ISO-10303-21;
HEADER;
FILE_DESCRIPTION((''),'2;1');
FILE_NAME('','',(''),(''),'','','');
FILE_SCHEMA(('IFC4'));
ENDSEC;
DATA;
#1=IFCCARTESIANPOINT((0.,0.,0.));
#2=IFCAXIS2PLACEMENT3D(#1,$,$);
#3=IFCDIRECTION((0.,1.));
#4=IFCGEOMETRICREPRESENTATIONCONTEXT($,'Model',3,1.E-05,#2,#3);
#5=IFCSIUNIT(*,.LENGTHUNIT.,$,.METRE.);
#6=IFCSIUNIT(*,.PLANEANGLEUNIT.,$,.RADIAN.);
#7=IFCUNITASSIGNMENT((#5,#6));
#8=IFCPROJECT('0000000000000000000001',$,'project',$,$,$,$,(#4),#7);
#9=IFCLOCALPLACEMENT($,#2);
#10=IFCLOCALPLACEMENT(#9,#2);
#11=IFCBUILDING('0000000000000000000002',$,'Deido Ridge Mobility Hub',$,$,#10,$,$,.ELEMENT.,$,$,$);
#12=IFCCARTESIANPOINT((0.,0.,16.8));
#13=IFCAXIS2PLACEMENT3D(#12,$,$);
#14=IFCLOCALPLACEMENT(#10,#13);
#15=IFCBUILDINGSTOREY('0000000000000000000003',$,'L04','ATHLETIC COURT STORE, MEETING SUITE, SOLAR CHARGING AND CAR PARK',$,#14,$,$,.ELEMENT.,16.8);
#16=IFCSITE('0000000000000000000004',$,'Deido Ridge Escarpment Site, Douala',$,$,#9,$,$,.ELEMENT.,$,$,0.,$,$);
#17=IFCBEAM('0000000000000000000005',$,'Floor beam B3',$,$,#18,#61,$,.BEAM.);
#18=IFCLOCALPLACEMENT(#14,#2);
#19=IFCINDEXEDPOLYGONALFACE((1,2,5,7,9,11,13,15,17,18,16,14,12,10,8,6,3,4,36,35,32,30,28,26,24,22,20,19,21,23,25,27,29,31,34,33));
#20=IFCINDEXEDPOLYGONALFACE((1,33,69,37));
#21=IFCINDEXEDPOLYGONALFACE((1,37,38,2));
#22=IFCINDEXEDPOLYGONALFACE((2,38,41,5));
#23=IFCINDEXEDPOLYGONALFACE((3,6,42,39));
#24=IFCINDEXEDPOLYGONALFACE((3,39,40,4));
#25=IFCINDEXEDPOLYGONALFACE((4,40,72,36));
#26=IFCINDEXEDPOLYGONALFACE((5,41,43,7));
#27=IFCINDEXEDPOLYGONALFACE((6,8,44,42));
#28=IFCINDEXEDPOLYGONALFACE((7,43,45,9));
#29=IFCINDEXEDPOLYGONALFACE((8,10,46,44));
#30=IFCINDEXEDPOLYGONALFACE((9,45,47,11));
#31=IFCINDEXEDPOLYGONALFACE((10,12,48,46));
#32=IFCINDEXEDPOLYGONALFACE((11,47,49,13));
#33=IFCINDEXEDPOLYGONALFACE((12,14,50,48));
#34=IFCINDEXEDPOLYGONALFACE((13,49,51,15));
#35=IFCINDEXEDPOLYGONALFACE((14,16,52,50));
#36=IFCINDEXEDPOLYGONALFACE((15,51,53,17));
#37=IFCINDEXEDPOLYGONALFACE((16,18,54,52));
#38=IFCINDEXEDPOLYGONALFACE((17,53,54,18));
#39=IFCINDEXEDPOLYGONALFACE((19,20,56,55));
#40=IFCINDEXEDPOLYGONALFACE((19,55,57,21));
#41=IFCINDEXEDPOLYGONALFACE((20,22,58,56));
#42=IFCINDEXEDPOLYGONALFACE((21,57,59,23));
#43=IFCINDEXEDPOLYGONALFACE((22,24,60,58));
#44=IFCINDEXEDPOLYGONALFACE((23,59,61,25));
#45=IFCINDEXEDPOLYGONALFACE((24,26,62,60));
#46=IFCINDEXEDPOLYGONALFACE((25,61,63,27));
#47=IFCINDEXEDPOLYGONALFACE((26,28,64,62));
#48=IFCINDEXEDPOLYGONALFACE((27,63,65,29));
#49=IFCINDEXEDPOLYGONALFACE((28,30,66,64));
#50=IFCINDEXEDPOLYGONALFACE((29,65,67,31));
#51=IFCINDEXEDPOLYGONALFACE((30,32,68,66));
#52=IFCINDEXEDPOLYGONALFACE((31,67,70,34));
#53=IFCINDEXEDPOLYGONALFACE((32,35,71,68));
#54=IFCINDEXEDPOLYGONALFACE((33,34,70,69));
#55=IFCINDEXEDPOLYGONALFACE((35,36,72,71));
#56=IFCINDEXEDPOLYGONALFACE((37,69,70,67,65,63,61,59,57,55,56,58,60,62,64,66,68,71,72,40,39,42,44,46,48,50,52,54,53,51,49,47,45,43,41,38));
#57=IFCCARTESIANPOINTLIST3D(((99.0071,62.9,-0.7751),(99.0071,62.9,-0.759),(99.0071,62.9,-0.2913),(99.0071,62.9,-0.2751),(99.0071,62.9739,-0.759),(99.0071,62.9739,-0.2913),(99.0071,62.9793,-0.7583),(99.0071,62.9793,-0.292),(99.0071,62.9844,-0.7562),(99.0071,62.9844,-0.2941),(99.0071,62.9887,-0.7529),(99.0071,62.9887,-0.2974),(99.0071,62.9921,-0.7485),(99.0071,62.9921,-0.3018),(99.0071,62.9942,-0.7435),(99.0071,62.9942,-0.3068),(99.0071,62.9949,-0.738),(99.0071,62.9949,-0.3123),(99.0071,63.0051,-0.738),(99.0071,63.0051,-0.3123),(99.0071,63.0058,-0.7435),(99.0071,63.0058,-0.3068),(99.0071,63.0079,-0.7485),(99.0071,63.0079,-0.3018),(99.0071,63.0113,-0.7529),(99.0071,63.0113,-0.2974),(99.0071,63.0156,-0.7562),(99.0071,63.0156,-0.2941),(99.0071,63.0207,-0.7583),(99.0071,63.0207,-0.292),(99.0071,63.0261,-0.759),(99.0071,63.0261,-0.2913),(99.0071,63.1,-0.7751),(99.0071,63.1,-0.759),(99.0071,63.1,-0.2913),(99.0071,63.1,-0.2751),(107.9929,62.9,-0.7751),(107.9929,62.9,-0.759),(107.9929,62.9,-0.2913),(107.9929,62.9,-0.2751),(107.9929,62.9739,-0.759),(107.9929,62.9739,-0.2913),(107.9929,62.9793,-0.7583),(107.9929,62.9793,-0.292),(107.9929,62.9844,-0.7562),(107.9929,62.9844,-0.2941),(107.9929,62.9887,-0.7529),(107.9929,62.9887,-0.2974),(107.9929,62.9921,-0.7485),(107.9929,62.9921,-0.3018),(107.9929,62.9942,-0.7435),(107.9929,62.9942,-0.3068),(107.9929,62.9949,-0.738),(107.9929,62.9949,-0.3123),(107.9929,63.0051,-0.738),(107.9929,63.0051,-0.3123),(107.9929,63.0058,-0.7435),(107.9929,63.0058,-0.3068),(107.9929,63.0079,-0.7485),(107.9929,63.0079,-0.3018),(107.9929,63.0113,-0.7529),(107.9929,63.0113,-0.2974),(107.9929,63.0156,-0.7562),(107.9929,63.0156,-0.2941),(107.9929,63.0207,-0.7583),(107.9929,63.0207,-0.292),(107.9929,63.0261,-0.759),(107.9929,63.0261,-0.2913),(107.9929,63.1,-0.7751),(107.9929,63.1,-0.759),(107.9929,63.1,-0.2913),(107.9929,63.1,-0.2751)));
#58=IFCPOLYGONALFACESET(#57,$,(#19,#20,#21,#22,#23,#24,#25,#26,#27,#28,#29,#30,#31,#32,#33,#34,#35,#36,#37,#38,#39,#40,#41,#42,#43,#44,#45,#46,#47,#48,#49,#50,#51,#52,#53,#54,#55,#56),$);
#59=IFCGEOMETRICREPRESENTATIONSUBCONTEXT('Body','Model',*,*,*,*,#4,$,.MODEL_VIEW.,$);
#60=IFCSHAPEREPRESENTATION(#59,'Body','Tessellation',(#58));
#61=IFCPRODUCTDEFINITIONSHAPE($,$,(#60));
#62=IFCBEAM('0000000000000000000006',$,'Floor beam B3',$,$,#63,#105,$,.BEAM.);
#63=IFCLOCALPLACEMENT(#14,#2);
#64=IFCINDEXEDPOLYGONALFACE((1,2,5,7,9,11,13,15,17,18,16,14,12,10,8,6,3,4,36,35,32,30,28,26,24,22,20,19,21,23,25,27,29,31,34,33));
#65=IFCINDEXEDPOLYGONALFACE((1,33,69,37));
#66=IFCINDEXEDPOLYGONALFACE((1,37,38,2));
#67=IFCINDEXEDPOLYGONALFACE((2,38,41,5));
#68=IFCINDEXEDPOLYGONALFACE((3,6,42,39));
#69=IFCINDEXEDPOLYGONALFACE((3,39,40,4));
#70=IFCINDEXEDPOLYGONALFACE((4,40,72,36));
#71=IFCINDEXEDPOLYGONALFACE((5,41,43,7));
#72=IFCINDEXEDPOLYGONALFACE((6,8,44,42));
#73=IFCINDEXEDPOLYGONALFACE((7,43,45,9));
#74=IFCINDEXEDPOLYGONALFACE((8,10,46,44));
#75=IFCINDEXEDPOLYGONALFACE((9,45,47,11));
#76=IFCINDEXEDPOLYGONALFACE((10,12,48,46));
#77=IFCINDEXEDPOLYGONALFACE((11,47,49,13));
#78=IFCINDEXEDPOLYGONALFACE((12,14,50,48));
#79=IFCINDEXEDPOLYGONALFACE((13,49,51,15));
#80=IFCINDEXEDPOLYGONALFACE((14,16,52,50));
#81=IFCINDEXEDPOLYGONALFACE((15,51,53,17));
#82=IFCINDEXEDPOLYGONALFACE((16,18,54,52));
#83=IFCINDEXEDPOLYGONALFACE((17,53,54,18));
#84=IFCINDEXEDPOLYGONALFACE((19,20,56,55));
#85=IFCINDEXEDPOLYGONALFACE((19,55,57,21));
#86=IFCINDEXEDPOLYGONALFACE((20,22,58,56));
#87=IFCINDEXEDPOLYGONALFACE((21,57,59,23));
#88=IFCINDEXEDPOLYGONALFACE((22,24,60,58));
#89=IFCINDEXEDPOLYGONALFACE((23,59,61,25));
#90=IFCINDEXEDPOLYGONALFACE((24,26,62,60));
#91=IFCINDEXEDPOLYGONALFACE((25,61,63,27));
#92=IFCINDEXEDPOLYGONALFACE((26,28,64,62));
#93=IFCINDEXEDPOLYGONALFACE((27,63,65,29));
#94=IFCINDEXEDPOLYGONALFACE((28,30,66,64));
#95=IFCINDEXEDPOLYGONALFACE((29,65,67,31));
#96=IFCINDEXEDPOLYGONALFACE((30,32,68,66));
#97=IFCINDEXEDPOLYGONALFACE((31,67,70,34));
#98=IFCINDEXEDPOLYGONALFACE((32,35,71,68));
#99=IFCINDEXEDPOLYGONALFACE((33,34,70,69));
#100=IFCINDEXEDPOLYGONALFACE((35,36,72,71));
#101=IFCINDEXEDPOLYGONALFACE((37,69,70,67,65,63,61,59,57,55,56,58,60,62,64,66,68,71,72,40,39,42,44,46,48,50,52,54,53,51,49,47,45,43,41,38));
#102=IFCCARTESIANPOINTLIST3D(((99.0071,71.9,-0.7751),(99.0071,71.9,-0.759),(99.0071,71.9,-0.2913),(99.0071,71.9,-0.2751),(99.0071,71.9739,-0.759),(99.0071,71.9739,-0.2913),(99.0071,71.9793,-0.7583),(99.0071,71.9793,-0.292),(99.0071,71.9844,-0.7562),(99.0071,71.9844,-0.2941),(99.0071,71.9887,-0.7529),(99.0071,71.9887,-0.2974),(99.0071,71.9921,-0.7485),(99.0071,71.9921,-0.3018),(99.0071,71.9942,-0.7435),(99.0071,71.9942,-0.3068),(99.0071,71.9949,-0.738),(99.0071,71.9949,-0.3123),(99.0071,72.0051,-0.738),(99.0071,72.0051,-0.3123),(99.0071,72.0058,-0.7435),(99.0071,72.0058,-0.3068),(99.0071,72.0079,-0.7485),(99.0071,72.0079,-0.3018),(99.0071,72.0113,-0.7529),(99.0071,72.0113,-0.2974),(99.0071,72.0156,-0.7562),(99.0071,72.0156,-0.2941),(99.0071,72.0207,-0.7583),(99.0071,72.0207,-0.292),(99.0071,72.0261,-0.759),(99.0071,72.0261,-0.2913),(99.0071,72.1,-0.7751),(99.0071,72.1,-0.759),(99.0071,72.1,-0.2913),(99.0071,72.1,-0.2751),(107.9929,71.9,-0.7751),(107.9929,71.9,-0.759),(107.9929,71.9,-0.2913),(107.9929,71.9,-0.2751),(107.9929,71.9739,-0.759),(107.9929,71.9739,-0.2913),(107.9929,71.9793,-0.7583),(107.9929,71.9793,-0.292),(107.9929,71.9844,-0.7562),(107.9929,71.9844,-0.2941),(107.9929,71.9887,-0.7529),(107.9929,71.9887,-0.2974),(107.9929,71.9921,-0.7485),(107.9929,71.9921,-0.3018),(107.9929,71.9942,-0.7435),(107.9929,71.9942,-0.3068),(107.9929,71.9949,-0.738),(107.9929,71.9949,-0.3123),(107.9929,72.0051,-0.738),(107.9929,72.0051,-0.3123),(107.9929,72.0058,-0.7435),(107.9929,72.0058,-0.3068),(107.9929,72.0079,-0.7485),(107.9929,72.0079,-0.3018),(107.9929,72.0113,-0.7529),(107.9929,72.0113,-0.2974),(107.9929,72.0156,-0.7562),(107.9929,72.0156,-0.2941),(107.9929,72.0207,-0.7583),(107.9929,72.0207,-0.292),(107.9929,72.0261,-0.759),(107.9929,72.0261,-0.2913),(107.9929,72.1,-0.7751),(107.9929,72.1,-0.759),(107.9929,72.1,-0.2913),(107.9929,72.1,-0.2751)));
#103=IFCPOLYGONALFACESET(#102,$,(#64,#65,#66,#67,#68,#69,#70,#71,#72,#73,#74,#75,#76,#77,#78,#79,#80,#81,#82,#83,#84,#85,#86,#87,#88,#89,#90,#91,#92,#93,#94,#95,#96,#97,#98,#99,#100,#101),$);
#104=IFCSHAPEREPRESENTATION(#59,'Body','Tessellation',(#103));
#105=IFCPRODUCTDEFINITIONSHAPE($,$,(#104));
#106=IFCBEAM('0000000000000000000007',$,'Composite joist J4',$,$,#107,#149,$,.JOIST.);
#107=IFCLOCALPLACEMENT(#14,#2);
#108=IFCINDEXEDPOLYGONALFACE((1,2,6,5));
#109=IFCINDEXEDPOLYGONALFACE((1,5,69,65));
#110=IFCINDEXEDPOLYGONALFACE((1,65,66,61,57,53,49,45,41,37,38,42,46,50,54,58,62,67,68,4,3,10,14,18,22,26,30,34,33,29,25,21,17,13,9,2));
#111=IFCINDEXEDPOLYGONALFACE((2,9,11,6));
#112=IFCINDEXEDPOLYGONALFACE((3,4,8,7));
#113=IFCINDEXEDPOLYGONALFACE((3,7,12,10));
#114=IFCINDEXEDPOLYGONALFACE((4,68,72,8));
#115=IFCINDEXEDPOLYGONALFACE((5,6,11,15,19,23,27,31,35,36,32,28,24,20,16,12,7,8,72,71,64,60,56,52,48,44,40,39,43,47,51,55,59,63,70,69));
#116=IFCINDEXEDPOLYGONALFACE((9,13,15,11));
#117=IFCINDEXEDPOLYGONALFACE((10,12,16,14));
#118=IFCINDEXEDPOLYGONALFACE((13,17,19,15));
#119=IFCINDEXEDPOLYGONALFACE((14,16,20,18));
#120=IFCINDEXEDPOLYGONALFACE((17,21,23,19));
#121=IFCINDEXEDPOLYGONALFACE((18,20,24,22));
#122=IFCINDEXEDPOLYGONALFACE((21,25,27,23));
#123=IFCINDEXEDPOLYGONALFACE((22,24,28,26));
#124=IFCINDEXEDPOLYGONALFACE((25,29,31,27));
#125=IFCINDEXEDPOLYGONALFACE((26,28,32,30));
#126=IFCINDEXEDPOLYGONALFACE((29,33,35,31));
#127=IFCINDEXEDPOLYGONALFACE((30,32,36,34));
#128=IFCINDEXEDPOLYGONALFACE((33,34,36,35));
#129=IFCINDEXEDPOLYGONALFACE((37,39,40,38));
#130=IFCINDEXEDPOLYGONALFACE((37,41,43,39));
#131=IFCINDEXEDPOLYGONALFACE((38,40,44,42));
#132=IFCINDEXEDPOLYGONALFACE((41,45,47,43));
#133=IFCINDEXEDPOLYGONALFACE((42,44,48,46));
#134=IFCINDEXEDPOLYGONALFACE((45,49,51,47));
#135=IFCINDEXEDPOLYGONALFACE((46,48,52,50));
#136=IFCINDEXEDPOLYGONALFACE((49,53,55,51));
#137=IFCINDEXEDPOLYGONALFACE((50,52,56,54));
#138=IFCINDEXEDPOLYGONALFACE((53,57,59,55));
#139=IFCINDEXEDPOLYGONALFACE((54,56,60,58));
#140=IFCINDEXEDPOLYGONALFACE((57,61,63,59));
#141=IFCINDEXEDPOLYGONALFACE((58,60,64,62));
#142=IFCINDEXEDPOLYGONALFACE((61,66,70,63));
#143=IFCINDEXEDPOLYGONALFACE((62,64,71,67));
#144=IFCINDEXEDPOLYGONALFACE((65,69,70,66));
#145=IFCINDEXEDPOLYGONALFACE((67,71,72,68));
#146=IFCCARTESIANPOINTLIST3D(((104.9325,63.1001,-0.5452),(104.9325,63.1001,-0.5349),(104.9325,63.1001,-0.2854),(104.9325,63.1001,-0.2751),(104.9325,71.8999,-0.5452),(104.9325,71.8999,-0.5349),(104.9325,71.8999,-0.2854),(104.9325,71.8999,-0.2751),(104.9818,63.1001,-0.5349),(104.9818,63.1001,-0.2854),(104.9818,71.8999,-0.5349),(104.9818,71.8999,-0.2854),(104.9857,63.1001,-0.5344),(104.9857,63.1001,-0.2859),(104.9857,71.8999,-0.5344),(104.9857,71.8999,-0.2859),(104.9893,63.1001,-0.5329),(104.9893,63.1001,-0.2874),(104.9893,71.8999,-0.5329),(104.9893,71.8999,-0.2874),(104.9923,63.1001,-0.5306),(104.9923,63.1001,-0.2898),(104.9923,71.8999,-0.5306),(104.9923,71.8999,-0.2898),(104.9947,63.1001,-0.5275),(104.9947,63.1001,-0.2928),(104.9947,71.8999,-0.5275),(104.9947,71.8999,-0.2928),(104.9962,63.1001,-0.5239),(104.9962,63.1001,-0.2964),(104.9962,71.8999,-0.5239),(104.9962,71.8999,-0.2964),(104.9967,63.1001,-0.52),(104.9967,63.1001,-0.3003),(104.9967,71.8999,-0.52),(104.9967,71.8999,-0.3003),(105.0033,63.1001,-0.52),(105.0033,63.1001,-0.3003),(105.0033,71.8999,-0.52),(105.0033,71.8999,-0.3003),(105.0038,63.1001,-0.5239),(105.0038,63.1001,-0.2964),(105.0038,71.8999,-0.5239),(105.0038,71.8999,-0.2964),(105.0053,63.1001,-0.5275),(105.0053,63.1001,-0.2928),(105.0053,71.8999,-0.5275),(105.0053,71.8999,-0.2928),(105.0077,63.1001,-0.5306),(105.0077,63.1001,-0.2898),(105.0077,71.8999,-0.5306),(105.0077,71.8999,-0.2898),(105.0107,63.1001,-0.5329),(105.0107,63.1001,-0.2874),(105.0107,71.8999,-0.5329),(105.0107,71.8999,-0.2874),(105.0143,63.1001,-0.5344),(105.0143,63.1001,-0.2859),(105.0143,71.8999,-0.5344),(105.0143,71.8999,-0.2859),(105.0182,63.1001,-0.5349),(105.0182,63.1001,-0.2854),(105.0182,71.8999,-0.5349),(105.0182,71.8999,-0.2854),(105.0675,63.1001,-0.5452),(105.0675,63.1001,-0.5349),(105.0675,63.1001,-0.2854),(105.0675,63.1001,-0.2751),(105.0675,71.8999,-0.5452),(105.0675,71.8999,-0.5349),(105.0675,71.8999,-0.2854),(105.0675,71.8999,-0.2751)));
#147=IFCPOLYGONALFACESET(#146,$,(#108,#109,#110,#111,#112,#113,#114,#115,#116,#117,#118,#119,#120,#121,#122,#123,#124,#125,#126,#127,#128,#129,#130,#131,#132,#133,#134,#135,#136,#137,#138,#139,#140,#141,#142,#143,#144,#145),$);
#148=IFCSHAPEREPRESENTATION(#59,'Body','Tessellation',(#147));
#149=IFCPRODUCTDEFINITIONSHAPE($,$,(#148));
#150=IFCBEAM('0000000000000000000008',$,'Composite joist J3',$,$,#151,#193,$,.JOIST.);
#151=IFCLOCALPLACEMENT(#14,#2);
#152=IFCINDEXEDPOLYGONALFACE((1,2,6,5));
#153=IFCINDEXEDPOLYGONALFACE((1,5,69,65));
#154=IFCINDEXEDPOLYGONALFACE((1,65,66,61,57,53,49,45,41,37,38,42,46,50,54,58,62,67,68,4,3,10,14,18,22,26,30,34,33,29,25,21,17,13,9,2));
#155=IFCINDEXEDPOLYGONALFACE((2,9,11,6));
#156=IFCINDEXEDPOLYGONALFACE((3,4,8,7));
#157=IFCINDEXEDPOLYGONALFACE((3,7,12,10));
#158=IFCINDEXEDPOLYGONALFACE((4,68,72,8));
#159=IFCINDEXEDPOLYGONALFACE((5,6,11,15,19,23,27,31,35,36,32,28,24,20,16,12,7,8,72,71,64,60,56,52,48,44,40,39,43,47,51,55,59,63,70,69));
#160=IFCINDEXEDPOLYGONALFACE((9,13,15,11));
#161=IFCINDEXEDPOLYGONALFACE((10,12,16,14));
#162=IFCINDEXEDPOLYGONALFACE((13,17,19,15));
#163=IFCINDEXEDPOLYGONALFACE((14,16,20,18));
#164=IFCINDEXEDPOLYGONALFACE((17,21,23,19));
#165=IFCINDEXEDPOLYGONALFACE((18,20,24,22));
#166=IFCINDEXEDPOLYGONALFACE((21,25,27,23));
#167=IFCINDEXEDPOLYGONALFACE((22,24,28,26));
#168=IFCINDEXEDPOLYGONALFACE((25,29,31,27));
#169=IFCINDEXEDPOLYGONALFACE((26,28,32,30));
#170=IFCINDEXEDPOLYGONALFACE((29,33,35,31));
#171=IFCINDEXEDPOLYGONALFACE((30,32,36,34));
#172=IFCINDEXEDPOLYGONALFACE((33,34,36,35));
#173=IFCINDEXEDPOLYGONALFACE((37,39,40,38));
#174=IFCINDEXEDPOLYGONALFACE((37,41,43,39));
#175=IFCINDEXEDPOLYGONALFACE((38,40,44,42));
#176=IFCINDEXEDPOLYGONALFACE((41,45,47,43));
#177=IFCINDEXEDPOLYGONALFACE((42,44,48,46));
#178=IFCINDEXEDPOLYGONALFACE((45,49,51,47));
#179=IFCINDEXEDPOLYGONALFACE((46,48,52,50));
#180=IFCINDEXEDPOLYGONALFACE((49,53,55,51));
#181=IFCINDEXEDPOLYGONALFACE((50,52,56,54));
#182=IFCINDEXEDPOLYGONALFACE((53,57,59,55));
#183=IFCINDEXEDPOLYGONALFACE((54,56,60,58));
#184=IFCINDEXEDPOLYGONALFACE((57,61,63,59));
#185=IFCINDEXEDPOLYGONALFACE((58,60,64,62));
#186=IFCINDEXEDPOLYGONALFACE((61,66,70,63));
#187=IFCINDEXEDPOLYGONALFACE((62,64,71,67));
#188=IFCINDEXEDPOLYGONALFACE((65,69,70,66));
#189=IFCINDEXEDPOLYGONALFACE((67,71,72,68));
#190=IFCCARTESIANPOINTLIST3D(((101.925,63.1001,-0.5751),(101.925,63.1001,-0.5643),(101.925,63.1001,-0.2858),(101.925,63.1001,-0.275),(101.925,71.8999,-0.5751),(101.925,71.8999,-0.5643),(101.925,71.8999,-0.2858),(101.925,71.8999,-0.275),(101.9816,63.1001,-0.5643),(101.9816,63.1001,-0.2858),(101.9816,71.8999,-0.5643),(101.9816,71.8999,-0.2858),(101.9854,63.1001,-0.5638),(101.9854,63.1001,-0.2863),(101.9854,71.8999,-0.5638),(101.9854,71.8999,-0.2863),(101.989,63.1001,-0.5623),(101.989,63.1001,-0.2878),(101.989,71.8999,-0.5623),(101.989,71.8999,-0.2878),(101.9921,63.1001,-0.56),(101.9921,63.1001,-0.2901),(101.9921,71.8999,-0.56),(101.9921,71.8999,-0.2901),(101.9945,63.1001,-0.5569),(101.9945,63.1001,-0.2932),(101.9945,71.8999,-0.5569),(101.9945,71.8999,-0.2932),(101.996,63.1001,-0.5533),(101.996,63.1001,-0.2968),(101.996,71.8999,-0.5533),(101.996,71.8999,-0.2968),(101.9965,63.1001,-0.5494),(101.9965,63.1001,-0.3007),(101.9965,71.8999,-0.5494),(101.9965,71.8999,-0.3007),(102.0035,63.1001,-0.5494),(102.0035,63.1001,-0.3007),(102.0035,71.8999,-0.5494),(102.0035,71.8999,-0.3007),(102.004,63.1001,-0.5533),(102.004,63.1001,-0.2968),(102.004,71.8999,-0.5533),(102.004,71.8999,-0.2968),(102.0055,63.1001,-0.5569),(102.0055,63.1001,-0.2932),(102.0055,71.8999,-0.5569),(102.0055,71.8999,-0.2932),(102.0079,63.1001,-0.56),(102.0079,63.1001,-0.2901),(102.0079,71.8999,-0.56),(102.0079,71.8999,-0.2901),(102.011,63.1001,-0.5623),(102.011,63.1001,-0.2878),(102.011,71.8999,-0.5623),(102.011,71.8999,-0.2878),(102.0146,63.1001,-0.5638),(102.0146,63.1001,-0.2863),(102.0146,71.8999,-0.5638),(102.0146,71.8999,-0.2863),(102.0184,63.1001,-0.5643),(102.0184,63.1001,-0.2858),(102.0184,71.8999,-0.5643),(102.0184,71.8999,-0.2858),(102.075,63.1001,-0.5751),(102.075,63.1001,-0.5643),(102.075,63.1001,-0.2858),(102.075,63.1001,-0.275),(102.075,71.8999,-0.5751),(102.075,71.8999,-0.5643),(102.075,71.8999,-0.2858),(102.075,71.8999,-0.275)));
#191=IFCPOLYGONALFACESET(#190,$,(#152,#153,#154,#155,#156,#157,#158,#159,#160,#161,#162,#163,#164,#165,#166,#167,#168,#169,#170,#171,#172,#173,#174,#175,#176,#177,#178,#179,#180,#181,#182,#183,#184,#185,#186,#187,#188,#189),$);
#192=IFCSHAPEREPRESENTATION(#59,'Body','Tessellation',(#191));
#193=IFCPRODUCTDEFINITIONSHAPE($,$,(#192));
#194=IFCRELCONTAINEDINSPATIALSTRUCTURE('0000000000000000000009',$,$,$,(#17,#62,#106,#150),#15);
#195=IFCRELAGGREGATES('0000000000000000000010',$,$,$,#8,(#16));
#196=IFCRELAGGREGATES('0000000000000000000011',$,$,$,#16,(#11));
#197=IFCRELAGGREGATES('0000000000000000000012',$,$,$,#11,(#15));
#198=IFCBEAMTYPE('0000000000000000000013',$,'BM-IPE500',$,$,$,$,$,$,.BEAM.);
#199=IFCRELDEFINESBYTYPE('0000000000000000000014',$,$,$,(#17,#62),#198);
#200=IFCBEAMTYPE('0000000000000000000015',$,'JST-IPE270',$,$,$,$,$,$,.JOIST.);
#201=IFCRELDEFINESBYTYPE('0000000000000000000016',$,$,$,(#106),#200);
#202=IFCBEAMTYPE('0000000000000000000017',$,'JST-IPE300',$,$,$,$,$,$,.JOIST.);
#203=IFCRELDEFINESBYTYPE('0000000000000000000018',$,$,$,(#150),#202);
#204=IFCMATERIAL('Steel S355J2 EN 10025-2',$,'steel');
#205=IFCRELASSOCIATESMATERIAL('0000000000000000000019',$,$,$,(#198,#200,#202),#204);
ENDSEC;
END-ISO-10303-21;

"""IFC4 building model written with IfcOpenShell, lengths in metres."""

from ifc_helpers import new_model, si_unit, direction, frame, origin, origin_2d, place, context, subcontext, project, spatial, i_section, extrude, material, material_profile, profile_set, type_object, element, save


model = new_model("IFC4")

# Units and contexts
model_context = context("Model", 3, precision=1e-05, world=origin(), true_north=direction((0.0, 1.0)))
body_context = subcontext(model_context, "Body", "Model", "MODEL_VIEW")
ifc_project = project(units=[si_unit("LENGTHUNIT", "METRE"), si_unit("PLANEANGLEUNIT", "RADIAN")], contexts=[model_context])

# Site, building, storey
site_placement = place(None, origin())
site = spatial("IfcSite", under=ifc_project, at=site_placement, Name="Deido Ridge Escarpment Site, Douala", CompositionType="ELEMENT", RefElevation=0.0)
building_placement = place(site_placement, origin())
building = spatial("IfcBuilding", under=site, at=building_placement, Name="Deido Ridge Mobility Hub", CompositionType="ELEMENT")
storey_placement = place(building_placement, frame((0.0, 0.0, 16.8)))
storey = spatial("IfcBuildingStorey", under=building, at=storey_placement, Name="L04", Description="ATHLETIC COURT STORE, MEETING SUITE, SOLAR CHARGING AND CAR PARK", CompositionType="ELEMENT", Elevation=16.8)

# Shared definitions
ifc_material_1 = material(Name="Steel S355J2 EN 10025-2", Category="steel")

# Beams
ifc_material_profile_1 = material_profile(ifc_material_1, i_section(OverallWidth=0.2, OverallDepth=0.5, WebThickness=0.0103, FlangeThickness=0.0161, FilletRadius=0.021, at=origin_2d()), Name="IPE 500")
ifc_profile_set_1 = profile_set([ifc_material_profile_1], Name="Steel S355J2 EN 10025-2")
beam_type_1 = type_object("IfcBeamType", Name="BM-IPE500", PredefinedType="BEAM", material=ifc_profile_set_1)
for number, where, z_axis, x_axis, name in (
    (1, (99.0071, 63.0, -0.5251), (1.0, 0.0, 0.0), (0.0, 1.0, 0.0), "Floor beam B3"),
    (2, (99.0071, 72.0, -0.5251), (1.0, 0.0, 0.0), (0.0, 1.0, 0.0), "Floor beam B3"),
):
    element("IfcBeam", number, at=place(storey_placement, frame(where, z_axis=z_axis, x_axis=x_axis)), inside=storey, type_object=beam_type_1, Name=name, PredefinedType="BEAM", context=body_context, shape_type="SweptSolid", body=[
        extrude(i_section(OverallWidth=0.2, OverallDepth=0.5, WebThickness=0.0103, FlangeThickness=0.0161, FilletRadius=0.021, at=origin_2d()), origin(), (0.0, 0.0, 1.0), 8.9858),
    ])
ifc_material_profile_2 = material_profile(ifc_material_1, i_section(OverallWidth=0.135, OverallDepth=0.27, WebThickness=0.0066, FlangeThickness=0.0103, FilletRadius=0.0149, at=origin_2d()), Name="IPE 270")
ifc_profile_set_2 = profile_set([ifc_material_profile_2], Name="Steel S355J2 EN 10025-2")
beam_type_2 = type_object("IfcBeamType", Name="JST-IPE270", PredefinedType="JOIST", material=ifc_profile_set_2)
beam_1_placement = place(storey_placement, frame((105.0, 63.1001, -0.4102), z_axis=(0.0, 1.0, 0.0), x_axis=(-1.0, 0.0, 0.0)))
element("IfcBeam", 3, at=beam_1_placement, inside=storey, type_object=beam_type_2, Name="Composite joist J4", PredefinedType="JOIST", context=body_context, shape_type="SweptSolid", body=[
    extrude(i_section(OverallWidth=0.135, OverallDepth=0.27, WebThickness=0.0066, FlangeThickness=0.0103, FilletRadius=0.0149, at=origin_2d()), origin(), (0.0, 0.0, 1.0), 8.7998),
])
ifc_material_profile_3 = material_profile(ifc_material_1, i_section(OverallWidth=0.1499, OverallDepth=0.3, WebThickness=0.0071, FlangeThickness=0.0107, FilletRadius=0.0149, at=origin_2d()), Name="IPE 300")
ifc_profile_set_3 = profile_set([ifc_material_profile_3], Name="Steel S355J2 EN 10025-2")
beam_type_3 = type_object("IfcBeamType", Name="JST-IPE300", PredefinedType="JOIST", material=ifc_profile_set_3)
beam_2_placement = place(storey_placement, frame((102.0, 63.1001, -0.425), z_axis=(0.0, 1.0, 0.0), x_axis=(-1.0, 0.0, 0.0)))
element("IfcBeam", 4, at=beam_2_placement, inside=storey, type_object=beam_type_3, Name="Composite joist J3", PredefinedType="JOIST", context=body_context, shape_type="SweptSolid", body=[
    extrude(i_section(OverallWidth=0.1499, OverallDepth=0.3, WebThickness=0.0071, FlangeThickness=0.0107, FilletRadius=0.0149, at=origin_2d()), origin(), (0.0, 0.0, 1.0), 8.7998),
])

save(model, "model.ifc")
